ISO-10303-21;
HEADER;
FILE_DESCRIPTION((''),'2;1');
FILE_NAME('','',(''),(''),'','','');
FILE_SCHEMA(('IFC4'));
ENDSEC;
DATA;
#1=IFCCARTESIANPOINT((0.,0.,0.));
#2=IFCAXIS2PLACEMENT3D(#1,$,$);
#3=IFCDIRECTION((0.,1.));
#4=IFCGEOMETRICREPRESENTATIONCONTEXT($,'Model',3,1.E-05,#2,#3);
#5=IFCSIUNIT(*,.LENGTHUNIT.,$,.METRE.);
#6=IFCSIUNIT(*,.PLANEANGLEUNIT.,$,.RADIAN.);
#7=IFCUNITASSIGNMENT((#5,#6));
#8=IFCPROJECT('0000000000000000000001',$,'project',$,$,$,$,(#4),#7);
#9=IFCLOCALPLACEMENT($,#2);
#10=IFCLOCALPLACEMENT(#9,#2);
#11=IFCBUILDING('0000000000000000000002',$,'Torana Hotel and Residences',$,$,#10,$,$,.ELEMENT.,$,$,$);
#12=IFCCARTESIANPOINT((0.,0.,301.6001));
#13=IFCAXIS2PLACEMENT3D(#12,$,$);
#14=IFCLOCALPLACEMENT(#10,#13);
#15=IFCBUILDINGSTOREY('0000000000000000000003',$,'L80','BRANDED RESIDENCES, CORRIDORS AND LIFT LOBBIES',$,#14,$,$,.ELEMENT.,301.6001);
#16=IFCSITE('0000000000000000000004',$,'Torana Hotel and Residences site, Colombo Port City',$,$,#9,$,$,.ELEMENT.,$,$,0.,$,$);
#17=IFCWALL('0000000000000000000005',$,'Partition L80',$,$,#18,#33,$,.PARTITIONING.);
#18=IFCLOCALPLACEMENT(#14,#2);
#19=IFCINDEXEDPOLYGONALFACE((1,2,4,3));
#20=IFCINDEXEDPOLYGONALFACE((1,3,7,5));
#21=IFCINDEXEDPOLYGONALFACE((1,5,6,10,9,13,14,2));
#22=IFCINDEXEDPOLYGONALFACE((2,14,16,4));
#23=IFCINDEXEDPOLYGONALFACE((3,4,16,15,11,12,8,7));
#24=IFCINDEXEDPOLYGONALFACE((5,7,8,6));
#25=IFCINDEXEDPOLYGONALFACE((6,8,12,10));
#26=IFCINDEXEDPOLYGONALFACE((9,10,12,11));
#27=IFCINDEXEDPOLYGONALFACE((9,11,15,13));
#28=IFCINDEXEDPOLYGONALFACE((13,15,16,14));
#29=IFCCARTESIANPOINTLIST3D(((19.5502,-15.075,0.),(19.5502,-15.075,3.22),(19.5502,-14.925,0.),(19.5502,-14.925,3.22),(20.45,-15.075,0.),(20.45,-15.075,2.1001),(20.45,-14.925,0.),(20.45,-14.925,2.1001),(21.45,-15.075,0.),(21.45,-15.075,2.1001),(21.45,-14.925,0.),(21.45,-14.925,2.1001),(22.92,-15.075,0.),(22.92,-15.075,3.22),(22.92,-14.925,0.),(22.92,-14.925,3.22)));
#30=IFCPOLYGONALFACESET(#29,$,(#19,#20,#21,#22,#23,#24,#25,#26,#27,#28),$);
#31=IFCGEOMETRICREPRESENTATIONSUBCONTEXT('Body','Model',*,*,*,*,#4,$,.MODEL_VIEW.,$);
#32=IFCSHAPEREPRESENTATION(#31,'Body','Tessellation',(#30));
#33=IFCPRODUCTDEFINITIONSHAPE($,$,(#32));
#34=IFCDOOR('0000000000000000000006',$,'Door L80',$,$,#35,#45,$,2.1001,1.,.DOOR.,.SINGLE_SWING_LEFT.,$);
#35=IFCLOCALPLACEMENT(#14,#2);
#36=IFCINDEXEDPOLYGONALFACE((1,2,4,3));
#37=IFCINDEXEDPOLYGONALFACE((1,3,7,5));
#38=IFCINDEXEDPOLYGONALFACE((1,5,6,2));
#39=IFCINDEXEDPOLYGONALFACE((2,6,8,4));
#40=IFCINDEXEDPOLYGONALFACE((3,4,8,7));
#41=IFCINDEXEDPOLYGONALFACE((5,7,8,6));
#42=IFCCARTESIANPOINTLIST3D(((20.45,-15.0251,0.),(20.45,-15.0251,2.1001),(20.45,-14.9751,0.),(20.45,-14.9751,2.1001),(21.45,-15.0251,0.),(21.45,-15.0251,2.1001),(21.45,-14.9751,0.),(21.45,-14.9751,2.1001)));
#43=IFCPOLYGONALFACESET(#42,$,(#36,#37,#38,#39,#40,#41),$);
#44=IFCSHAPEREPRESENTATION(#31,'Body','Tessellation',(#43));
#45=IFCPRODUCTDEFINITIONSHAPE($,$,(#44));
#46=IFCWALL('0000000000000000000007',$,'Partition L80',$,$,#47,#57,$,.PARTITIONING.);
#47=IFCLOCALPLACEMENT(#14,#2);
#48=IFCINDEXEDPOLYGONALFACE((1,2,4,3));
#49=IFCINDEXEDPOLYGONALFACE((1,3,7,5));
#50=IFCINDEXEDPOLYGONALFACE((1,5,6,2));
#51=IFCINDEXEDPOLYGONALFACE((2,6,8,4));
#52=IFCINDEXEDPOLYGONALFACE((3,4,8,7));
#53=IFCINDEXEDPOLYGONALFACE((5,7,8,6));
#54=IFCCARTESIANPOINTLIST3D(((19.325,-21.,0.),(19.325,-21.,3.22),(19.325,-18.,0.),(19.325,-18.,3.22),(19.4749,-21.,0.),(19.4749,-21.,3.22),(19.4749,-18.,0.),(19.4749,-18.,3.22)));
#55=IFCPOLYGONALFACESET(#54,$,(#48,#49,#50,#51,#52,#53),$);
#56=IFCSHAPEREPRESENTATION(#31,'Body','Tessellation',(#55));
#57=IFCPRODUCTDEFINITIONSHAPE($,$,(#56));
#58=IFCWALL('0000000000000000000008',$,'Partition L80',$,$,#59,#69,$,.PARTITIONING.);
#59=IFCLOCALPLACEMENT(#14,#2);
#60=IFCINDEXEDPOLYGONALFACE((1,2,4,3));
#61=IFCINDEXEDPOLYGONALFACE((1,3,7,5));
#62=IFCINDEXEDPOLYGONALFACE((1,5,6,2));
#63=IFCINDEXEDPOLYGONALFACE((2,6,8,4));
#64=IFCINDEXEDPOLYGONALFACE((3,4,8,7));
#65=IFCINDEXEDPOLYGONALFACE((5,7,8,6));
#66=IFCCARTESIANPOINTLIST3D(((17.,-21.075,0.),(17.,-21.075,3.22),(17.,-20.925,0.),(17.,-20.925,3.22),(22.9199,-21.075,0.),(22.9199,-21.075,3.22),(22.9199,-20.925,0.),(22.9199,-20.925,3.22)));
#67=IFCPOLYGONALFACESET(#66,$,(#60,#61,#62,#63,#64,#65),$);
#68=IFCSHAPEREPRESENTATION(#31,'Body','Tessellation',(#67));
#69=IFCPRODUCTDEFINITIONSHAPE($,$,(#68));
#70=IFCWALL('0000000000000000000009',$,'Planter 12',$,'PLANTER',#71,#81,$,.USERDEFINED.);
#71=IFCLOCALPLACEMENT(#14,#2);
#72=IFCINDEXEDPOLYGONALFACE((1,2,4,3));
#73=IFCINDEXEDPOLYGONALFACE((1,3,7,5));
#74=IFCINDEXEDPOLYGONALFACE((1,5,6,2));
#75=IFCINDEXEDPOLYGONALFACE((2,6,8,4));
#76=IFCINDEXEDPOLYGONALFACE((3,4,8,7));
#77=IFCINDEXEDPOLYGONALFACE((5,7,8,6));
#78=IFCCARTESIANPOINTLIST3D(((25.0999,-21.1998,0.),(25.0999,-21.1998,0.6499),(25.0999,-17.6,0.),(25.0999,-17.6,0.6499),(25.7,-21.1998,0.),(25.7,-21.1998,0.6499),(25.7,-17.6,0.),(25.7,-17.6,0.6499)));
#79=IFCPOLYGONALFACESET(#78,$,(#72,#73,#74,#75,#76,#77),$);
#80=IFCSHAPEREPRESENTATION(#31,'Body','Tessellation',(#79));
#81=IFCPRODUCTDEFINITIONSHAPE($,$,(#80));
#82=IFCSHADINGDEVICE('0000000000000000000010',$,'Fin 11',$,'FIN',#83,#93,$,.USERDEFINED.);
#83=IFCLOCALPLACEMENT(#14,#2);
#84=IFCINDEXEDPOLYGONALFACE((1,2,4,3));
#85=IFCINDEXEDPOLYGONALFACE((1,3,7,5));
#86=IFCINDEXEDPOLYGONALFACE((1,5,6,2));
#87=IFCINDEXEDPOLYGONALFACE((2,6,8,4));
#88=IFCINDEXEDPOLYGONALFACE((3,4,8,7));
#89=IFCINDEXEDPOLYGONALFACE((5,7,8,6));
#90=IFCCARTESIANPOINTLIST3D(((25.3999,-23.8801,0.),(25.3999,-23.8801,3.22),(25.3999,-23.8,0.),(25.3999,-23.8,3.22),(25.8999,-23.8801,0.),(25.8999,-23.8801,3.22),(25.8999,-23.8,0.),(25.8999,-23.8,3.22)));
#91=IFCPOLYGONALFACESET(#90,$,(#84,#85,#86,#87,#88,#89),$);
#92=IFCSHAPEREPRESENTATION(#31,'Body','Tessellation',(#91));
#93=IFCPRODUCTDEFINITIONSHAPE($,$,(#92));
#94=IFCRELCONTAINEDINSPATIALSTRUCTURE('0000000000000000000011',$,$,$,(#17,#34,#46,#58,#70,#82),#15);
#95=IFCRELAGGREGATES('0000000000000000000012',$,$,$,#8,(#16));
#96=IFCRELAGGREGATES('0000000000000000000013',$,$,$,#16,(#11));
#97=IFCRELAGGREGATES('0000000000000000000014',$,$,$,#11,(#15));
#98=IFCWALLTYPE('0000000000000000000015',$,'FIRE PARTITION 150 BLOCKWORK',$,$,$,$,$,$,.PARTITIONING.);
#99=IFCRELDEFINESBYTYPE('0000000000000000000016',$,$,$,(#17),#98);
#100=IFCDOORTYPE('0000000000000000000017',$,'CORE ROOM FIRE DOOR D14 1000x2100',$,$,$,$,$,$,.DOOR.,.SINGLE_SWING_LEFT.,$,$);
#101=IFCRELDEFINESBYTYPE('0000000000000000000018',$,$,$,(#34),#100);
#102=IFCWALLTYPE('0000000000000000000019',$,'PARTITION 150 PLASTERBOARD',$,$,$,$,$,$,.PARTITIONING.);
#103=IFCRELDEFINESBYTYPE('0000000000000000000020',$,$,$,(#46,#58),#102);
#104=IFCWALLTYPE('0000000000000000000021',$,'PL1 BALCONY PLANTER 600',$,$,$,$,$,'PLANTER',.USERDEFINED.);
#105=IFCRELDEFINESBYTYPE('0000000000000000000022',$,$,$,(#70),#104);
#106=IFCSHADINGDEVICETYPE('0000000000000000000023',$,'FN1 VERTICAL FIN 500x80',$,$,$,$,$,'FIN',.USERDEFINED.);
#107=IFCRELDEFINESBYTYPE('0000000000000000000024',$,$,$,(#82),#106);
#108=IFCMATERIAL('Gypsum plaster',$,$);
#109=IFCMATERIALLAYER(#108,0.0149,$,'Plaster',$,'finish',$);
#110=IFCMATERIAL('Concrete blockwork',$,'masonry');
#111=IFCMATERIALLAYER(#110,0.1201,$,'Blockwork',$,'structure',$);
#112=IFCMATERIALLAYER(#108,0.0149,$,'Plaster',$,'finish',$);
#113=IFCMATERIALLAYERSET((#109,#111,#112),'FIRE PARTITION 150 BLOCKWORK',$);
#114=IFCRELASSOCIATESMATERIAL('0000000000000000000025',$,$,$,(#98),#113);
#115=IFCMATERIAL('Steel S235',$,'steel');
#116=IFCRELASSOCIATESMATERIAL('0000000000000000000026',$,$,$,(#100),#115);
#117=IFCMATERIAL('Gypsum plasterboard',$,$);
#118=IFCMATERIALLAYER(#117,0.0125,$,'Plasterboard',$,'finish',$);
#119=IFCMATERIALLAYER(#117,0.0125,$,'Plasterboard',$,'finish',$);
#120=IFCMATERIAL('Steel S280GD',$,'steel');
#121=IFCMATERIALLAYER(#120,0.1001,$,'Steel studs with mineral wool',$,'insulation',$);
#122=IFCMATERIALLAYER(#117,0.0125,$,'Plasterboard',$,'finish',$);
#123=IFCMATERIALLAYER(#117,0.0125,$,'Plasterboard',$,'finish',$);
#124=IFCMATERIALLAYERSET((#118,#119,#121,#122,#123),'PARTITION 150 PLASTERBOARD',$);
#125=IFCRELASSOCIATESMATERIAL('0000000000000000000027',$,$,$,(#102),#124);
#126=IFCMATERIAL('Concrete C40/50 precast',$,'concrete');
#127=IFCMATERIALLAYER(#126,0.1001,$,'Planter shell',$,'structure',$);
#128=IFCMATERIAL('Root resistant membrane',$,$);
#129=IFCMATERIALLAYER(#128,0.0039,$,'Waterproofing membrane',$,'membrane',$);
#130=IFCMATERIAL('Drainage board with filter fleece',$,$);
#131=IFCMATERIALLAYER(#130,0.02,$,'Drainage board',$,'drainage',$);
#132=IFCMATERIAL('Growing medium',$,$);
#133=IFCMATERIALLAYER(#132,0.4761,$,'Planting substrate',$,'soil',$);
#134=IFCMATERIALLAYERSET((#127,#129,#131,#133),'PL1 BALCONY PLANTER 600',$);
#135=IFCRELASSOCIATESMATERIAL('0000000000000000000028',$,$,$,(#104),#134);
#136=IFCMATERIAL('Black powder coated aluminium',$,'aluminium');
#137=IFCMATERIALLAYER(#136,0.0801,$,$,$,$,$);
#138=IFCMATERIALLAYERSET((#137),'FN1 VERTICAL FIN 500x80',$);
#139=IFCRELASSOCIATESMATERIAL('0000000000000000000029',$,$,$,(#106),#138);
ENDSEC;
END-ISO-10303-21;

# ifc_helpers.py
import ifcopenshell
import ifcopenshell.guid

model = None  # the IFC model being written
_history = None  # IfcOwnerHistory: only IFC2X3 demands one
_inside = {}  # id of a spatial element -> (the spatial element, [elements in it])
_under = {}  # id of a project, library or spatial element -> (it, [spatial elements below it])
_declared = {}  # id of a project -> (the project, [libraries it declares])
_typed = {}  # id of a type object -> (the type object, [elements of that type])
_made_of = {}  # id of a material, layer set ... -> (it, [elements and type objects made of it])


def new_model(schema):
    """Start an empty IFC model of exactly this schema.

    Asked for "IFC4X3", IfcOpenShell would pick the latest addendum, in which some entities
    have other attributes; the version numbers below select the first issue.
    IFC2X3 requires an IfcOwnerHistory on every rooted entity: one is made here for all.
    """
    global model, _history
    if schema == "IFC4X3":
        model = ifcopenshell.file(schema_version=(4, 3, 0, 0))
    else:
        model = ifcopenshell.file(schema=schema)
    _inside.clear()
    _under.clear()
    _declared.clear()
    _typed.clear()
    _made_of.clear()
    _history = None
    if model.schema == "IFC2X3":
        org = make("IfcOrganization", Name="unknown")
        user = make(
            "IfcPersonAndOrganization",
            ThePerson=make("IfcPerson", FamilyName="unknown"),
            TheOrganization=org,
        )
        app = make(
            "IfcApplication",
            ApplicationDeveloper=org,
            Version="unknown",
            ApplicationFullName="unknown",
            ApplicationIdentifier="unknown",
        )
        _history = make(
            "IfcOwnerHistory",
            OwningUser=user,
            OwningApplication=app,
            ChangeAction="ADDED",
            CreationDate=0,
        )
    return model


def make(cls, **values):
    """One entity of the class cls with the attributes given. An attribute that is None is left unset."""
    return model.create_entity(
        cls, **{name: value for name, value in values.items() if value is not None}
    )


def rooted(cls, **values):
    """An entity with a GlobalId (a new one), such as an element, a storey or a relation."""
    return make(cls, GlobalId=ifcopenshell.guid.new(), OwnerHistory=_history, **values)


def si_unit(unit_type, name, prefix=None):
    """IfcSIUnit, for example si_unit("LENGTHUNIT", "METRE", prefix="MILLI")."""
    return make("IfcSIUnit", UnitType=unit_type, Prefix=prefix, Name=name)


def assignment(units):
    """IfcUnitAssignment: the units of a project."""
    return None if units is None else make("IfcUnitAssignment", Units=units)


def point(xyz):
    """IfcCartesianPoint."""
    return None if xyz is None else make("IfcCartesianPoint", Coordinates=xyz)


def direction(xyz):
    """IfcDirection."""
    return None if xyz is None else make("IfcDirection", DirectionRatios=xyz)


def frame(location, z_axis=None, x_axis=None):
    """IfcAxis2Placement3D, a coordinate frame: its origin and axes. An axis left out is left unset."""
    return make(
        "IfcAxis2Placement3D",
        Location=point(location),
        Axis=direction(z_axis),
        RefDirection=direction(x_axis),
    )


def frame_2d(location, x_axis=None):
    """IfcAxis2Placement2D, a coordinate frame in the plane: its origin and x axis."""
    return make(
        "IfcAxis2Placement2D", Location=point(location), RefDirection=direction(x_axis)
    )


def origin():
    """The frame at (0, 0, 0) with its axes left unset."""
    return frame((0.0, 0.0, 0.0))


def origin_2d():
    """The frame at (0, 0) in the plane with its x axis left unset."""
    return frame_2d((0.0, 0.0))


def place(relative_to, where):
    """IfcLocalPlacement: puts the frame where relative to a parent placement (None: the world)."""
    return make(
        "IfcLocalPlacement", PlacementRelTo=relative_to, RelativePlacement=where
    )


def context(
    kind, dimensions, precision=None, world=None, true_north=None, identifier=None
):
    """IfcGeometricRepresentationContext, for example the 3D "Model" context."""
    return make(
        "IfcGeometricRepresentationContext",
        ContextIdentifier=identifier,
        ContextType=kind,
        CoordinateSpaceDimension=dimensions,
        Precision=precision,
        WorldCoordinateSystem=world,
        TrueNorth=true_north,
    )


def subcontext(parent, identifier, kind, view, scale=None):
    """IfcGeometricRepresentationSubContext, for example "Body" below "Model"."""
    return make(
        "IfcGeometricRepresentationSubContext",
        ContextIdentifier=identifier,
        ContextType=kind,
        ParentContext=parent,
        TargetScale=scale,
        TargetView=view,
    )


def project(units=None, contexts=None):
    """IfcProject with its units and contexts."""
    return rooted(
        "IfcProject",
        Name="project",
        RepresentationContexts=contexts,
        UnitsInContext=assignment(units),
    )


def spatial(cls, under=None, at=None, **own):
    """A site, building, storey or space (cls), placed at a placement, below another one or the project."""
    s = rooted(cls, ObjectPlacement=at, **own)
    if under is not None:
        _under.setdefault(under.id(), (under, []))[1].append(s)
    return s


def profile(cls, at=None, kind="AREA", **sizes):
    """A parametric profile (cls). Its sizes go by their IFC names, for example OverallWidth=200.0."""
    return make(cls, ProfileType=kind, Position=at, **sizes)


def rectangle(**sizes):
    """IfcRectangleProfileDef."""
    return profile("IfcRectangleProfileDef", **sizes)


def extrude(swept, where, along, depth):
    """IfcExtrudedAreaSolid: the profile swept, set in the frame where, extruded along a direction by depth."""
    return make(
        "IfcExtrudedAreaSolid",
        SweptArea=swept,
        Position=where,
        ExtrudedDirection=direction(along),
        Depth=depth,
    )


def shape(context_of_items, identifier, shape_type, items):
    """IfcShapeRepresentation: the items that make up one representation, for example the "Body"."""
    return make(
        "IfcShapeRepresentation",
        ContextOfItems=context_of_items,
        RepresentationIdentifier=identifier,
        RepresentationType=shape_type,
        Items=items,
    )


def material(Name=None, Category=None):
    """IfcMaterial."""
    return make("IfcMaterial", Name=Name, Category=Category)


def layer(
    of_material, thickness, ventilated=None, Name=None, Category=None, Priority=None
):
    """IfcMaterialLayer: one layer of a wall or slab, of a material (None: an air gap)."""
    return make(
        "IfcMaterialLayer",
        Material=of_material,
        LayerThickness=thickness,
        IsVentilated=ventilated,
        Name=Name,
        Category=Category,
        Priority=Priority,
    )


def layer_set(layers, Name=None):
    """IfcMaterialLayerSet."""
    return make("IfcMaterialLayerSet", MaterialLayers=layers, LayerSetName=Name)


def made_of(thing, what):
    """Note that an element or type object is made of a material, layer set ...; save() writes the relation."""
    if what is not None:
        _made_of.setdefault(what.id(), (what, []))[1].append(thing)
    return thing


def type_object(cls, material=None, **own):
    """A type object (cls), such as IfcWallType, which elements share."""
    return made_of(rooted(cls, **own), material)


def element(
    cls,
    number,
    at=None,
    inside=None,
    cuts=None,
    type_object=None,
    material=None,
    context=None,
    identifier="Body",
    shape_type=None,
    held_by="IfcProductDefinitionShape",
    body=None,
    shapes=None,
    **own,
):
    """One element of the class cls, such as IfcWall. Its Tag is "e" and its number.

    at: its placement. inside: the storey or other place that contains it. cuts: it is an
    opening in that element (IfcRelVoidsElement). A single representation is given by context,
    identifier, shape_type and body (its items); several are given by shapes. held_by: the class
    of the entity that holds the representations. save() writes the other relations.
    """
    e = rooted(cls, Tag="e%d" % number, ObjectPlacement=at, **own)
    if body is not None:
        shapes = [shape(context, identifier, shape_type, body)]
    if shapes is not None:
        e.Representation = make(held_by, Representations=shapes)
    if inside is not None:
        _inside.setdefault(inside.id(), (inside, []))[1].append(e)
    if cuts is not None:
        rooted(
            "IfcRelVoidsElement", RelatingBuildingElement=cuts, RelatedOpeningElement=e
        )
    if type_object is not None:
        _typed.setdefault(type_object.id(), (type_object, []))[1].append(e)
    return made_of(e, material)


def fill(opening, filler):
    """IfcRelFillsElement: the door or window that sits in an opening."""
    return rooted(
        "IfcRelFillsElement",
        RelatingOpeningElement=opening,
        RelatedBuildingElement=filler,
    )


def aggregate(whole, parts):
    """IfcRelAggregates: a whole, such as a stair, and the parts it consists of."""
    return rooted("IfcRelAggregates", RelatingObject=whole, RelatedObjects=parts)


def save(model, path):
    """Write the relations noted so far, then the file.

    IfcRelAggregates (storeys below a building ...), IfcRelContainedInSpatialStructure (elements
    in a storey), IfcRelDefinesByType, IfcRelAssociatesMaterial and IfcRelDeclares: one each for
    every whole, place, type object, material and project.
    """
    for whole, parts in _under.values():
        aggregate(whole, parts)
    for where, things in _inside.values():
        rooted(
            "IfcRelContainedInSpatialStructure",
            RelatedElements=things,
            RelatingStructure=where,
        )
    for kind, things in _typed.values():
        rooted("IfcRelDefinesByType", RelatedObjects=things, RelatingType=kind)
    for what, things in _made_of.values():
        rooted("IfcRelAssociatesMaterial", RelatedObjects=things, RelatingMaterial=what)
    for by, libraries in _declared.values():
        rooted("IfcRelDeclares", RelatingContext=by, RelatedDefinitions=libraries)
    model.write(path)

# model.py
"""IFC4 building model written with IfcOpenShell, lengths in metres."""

from ifc_helpers import new_model, si_unit, direction, frame, frame_2d, origin, origin_2d, place, context, subcontext, project, spatial, rectangle, extrude, material, layer, layer_set, type_object, element, fill, save


model = new_model("IFC4")

# Units and contexts
model_context = context("Model", 3, precision=1e-05, world=origin(), true_north=direction((0.0, 1.0)))
body_context = subcontext(model_context, "Body", "Model", "MODEL_VIEW")
ifc_project = project(units=[si_unit("LENGTHUNIT", "METRE"), si_unit("PLANEANGLEUNIT", "RADIAN")], contexts=[model_context])

# Site, building, storey
site_placement = place(None, origin())
site = spatial("IfcSite", under=ifc_project, at=site_placement, Name="Torana Hotel and Residences site, Colombo Port City", CompositionType="ELEMENT", RefElevation=0.0)
building_placement = place(site_placement, origin())
building = spatial("IfcBuilding", under=site, at=building_placement, Name="Torana Hotel and Residences", CompositionType="ELEMENT")
storey_placement = place(building_placement, frame((0.0, 0.0, 301.6001)))
storey = spatial("IfcBuildingStorey", under=building, at=storey_placement, Name="L80", Description="BRANDED RESIDENCES, CORRIDORS AND LIFT LOBBIES", CompositionType="ELEMENT", Elevation=301.6001)

# Wall, opening, door
ifc_material_1 = material(Name="Gypsum plaster")
ifc_layer_1 = layer(ifc_material_1, 0.0149, Name="Plaster", Category="finish")
ifc_material_2 = material(Name="Concrete blockwork", Category="masonry")
ifc_layer_2 = layer(ifc_material_2, 0.1201, Name="Blockwork", Category="structure")
ifc_layer_3 = layer(ifc_material_1, 0.0149, Name="Plaster", Category="finish")
ifc_layer_set_1 = layer_set([ifc_layer_1, ifc_layer_2, ifc_layer_3], Name="FIRE PARTITION 150 BLOCKWORK")
wall_type_1 = type_object("IfcWallType", Name="FIRE PARTITION 150 BLOCKWORK", PredefinedType="PARTITIONING", material=ifc_layer_set_1)
wall_1_placement = place(storey_placement, frame((19.55, -15.0, 0.0), z_axis=(0.0, 0.0, 1.0), x_axis=(1.0, 0.0, 0.0)))
wall_1 = element("IfcWall", 1, at=wall_1_placement, inside=storey, type_object=wall_type_1, Name="Partition L80", PredefinedType="PARTITIONING", context=body_context, shape_type="SweptSolid", body=[
    extrude(rectangle(XDim=3.3699, YDim=0.1499, at=frame_2d((1.6851, 0.0))), origin(), (0.0, 0.0, 1.0), 3.22),
])
opening_1_placement = place(wall_1_placement, frame((0.8999, 0.0, 0.0)))
opening_1 = element("IfcOpeningElement", 2, at=opening_1_placement, cuts=wall_1, PredefinedType="OPENING", context=body_context, shape_type="SweptSolid", body=[
    extrude(rectangle(XDim=1.0, YDim=2.1001, at=frame_2d((0.5, 1.05))), frame((0.0, 0.085, 0.0), z_axis=(0.0, -1.0, 0.0), x_axis=(1.0, 0.0, 0.0)), (0.0, 0.0, 1.0), 0.1699),
])
ifc_material_3 = material(Name="Steel S235", Category="steel")
door_type_1 = type_object("IfcDoorType", Name="CORE ROOM FIRE DOOR D14 1000x2100", OperationType="SINGLE_SWING_LEFT", PredefinedType="DOOR", material=ifc_material_3)
door_1_placement = place(opening_1_placement, origin())
door_1 = element("IfcDoor", 3, at=door_1_placement, inside=storey, type_object=door_type_1, Name="Door L80", OperationType="SINGLE_SWING_LEFT", OverallHeight=2.1001, OverallWidth=1.0, PredefinedType="DOOR", context=body_context, shape_type="SweptSolid", body=[
    extrude(rectangle(XDim=1.0, YDim=2.1001, at=frame_2d((0.5, 1.05))), frame((0.0, 0.0249, 0.0), z_axis=(0.0, -1.0, 0.0), x_axis=(1.0, 0.0, 0.0)), (0.0, 0.0, 1.0), 0.05),
])
fill(opening_1, door_1)

# Walls
ifc_material_4 = material(Name="Gypsum plasterboard")
ifc_layer_4 = layer(ifc_material_4, 0.0125, Name="Plasterboard", Category="finish")
ifc_layer_5 = layer(ifc_material_4, 0.0125, Name="Plasterboard", Category="finish")
ifc_material_5 = material(Name="Steel S280GD", Category="steel")
ifc_layer_6 = layer(ifc_material_5, 0.1001, Name="Steel studs with mineral wool", Category="insulation")
ifc_layer_7 = layer(ifc_material_4, 0.0125, Name="Plasterboard", Category="finish")
ifc_layer_8 = layer(ifc_material_4, 0.0125, Name="Plasterboard", Category="finish")
ifc_layer_set_2 = layer_set([ifc_layer_4, ifc_layer_5, ifc_layer_6, ifc_layer_7, ifc_layer_8], Name="PARTITION 150 PLASTERBOARD")
wall_type_2 = type_object("IfcWallType", Name="PARTITION 150 PLASTERBOARD", PredefinedType="PARTITIONING", material=ifc_layer_set_2)
wall_2_placement = place(storey_placement, frame((19.3999, -21.0, 0.0), z_axis=(0.0, 0.0, 1.0), x_axis=(0.0, 1.0, 0.0)))
element("IfcWall", 4, at=wall_2_placement, inside=storey, type_object=wall_type_2, Name="Partition L80", PredefinedType="PARTITIONING", context=body_context, shape_type="SweptSolid", body=[
    extrude(rectangle(XDim=3.0, YDim=0.1499, at=frame_2d((1.5, 0.0))), origin(), (0.0, 0.0, 1.0), 3.22),
])
wall_3_placement = place(storey_placement, frame((17.0, -21.0, 0.0), z_axis=(0.0, 0.0, 1.0), x_axis=(1.0, 0.0, 0.0)))
element("IfcWall", 5, at=wall_3_placement, inside=storey, type_object=wall_type_2, Name="Partition L80", PredefinedType="PARTITIONING", context=body_context, shape_type="SweptSolid", body=[
    extrude(rectangle(XDim=5.9199, YDim=0.1499, at=frame_2d((2.96, 0.0))), origin(), (0.0, 0.0, 1.0), 3.22),
])
ifc_material_6 = material(Name="Concrete C40/50 precast", Category="concrete")
ifc_layer_9 = layer(ifc_material_6, 0.1001, Name="Planter shell", Category="structure")
ifc_material_7 = material(Name="Root resistant membrane")
ifc_layer_10 = layer(ifc_material_7, 0.0039, Name="Waterproofing membrane", Category="membrane")
ifc_material_8 = material(Name="Drainage board with filter fleece")
ifc_layer_11 = layer(ifc_material_8, 0.02, Name="Drainage board", Category="drainage")
ifc_material_9 = material(Name="Growing medium")
ifc_layer_12 = layer(ifc_material_9, 0.4761, Name="Planting substrate", Category="soil")
ifc_layer_set_3 = layer_set([ifc_layer_9, ifc_layer_10, ifc_layer_11, ifc_layer_12], Name="PL1 BALCONY PLANTER 600")
wall_type_3 = type_object("IfcWallType", Name="PL1 BALCONY PLANTER 600", ElementType="PLANTER", PredefinedType="USERDEFINED", material=ifc_layer_set_3)
wall_4_placement = place(storey_placement, frame((25.3999, -17.6001, 0.0), z_axis=(0.0, 0.0, 1.0), x_axis=(0.0, -1.0, 0.0)))
element("IfcWall", 6, at=wall_4_placement, inside=storey, type_object=wall_type_3, Name="Planter 12", ObjectType="PLANTER", PredefinedType="USERDEFINED", context=body_context, shape_type="SweptSolid", body=[
    extrude(rectangle(XDim=3.5999, YDim=0.6001, at=frame_2d((1.7998, 0.0))), origin(), (0.0, 0.0, 1.0), 0.6499),
])

# Shading device
ifc_material_10 = material(Name="Black powder coated aluminium", Category="aluminium")
ifc_layer_13 = layer(ifc_material_10, 0.0801)
ifc_layer_set_4 = layer_set([ifc_layer_13], Name="FN1 VERTICAL FIN 500x80")
shading_device_type = type_object("IfcShadingDeviceType", Name="FN1 VERTICAL FIN 500x80", ElementType="FIN", PredefinedType="USERDEFINED", material=ifc_layer_set_4)
shading_device_placement = place(storey_placement, frame((25.6499, -23.8401, 0.0), z_axis=(0.0, 0.0, 1.0), x_axis=(0.0, -1.0, 0.0)))
element("IfcShadingDevice", 7, at=shading_device_placement, inside=storey, type_object=shading_device_type, Name="Fin 11", ObjectType="FIN", PredefinedType="USERDEFINED", context=body_context, shape_type="SweptSolid", body=[
    extrude(rectangle(XDim=0.0801, YDim=0.5, at=origin_2d()), origin(), (0.0, 0.0, 1.0), 3.22),
])

save(model, "model.ifc")
